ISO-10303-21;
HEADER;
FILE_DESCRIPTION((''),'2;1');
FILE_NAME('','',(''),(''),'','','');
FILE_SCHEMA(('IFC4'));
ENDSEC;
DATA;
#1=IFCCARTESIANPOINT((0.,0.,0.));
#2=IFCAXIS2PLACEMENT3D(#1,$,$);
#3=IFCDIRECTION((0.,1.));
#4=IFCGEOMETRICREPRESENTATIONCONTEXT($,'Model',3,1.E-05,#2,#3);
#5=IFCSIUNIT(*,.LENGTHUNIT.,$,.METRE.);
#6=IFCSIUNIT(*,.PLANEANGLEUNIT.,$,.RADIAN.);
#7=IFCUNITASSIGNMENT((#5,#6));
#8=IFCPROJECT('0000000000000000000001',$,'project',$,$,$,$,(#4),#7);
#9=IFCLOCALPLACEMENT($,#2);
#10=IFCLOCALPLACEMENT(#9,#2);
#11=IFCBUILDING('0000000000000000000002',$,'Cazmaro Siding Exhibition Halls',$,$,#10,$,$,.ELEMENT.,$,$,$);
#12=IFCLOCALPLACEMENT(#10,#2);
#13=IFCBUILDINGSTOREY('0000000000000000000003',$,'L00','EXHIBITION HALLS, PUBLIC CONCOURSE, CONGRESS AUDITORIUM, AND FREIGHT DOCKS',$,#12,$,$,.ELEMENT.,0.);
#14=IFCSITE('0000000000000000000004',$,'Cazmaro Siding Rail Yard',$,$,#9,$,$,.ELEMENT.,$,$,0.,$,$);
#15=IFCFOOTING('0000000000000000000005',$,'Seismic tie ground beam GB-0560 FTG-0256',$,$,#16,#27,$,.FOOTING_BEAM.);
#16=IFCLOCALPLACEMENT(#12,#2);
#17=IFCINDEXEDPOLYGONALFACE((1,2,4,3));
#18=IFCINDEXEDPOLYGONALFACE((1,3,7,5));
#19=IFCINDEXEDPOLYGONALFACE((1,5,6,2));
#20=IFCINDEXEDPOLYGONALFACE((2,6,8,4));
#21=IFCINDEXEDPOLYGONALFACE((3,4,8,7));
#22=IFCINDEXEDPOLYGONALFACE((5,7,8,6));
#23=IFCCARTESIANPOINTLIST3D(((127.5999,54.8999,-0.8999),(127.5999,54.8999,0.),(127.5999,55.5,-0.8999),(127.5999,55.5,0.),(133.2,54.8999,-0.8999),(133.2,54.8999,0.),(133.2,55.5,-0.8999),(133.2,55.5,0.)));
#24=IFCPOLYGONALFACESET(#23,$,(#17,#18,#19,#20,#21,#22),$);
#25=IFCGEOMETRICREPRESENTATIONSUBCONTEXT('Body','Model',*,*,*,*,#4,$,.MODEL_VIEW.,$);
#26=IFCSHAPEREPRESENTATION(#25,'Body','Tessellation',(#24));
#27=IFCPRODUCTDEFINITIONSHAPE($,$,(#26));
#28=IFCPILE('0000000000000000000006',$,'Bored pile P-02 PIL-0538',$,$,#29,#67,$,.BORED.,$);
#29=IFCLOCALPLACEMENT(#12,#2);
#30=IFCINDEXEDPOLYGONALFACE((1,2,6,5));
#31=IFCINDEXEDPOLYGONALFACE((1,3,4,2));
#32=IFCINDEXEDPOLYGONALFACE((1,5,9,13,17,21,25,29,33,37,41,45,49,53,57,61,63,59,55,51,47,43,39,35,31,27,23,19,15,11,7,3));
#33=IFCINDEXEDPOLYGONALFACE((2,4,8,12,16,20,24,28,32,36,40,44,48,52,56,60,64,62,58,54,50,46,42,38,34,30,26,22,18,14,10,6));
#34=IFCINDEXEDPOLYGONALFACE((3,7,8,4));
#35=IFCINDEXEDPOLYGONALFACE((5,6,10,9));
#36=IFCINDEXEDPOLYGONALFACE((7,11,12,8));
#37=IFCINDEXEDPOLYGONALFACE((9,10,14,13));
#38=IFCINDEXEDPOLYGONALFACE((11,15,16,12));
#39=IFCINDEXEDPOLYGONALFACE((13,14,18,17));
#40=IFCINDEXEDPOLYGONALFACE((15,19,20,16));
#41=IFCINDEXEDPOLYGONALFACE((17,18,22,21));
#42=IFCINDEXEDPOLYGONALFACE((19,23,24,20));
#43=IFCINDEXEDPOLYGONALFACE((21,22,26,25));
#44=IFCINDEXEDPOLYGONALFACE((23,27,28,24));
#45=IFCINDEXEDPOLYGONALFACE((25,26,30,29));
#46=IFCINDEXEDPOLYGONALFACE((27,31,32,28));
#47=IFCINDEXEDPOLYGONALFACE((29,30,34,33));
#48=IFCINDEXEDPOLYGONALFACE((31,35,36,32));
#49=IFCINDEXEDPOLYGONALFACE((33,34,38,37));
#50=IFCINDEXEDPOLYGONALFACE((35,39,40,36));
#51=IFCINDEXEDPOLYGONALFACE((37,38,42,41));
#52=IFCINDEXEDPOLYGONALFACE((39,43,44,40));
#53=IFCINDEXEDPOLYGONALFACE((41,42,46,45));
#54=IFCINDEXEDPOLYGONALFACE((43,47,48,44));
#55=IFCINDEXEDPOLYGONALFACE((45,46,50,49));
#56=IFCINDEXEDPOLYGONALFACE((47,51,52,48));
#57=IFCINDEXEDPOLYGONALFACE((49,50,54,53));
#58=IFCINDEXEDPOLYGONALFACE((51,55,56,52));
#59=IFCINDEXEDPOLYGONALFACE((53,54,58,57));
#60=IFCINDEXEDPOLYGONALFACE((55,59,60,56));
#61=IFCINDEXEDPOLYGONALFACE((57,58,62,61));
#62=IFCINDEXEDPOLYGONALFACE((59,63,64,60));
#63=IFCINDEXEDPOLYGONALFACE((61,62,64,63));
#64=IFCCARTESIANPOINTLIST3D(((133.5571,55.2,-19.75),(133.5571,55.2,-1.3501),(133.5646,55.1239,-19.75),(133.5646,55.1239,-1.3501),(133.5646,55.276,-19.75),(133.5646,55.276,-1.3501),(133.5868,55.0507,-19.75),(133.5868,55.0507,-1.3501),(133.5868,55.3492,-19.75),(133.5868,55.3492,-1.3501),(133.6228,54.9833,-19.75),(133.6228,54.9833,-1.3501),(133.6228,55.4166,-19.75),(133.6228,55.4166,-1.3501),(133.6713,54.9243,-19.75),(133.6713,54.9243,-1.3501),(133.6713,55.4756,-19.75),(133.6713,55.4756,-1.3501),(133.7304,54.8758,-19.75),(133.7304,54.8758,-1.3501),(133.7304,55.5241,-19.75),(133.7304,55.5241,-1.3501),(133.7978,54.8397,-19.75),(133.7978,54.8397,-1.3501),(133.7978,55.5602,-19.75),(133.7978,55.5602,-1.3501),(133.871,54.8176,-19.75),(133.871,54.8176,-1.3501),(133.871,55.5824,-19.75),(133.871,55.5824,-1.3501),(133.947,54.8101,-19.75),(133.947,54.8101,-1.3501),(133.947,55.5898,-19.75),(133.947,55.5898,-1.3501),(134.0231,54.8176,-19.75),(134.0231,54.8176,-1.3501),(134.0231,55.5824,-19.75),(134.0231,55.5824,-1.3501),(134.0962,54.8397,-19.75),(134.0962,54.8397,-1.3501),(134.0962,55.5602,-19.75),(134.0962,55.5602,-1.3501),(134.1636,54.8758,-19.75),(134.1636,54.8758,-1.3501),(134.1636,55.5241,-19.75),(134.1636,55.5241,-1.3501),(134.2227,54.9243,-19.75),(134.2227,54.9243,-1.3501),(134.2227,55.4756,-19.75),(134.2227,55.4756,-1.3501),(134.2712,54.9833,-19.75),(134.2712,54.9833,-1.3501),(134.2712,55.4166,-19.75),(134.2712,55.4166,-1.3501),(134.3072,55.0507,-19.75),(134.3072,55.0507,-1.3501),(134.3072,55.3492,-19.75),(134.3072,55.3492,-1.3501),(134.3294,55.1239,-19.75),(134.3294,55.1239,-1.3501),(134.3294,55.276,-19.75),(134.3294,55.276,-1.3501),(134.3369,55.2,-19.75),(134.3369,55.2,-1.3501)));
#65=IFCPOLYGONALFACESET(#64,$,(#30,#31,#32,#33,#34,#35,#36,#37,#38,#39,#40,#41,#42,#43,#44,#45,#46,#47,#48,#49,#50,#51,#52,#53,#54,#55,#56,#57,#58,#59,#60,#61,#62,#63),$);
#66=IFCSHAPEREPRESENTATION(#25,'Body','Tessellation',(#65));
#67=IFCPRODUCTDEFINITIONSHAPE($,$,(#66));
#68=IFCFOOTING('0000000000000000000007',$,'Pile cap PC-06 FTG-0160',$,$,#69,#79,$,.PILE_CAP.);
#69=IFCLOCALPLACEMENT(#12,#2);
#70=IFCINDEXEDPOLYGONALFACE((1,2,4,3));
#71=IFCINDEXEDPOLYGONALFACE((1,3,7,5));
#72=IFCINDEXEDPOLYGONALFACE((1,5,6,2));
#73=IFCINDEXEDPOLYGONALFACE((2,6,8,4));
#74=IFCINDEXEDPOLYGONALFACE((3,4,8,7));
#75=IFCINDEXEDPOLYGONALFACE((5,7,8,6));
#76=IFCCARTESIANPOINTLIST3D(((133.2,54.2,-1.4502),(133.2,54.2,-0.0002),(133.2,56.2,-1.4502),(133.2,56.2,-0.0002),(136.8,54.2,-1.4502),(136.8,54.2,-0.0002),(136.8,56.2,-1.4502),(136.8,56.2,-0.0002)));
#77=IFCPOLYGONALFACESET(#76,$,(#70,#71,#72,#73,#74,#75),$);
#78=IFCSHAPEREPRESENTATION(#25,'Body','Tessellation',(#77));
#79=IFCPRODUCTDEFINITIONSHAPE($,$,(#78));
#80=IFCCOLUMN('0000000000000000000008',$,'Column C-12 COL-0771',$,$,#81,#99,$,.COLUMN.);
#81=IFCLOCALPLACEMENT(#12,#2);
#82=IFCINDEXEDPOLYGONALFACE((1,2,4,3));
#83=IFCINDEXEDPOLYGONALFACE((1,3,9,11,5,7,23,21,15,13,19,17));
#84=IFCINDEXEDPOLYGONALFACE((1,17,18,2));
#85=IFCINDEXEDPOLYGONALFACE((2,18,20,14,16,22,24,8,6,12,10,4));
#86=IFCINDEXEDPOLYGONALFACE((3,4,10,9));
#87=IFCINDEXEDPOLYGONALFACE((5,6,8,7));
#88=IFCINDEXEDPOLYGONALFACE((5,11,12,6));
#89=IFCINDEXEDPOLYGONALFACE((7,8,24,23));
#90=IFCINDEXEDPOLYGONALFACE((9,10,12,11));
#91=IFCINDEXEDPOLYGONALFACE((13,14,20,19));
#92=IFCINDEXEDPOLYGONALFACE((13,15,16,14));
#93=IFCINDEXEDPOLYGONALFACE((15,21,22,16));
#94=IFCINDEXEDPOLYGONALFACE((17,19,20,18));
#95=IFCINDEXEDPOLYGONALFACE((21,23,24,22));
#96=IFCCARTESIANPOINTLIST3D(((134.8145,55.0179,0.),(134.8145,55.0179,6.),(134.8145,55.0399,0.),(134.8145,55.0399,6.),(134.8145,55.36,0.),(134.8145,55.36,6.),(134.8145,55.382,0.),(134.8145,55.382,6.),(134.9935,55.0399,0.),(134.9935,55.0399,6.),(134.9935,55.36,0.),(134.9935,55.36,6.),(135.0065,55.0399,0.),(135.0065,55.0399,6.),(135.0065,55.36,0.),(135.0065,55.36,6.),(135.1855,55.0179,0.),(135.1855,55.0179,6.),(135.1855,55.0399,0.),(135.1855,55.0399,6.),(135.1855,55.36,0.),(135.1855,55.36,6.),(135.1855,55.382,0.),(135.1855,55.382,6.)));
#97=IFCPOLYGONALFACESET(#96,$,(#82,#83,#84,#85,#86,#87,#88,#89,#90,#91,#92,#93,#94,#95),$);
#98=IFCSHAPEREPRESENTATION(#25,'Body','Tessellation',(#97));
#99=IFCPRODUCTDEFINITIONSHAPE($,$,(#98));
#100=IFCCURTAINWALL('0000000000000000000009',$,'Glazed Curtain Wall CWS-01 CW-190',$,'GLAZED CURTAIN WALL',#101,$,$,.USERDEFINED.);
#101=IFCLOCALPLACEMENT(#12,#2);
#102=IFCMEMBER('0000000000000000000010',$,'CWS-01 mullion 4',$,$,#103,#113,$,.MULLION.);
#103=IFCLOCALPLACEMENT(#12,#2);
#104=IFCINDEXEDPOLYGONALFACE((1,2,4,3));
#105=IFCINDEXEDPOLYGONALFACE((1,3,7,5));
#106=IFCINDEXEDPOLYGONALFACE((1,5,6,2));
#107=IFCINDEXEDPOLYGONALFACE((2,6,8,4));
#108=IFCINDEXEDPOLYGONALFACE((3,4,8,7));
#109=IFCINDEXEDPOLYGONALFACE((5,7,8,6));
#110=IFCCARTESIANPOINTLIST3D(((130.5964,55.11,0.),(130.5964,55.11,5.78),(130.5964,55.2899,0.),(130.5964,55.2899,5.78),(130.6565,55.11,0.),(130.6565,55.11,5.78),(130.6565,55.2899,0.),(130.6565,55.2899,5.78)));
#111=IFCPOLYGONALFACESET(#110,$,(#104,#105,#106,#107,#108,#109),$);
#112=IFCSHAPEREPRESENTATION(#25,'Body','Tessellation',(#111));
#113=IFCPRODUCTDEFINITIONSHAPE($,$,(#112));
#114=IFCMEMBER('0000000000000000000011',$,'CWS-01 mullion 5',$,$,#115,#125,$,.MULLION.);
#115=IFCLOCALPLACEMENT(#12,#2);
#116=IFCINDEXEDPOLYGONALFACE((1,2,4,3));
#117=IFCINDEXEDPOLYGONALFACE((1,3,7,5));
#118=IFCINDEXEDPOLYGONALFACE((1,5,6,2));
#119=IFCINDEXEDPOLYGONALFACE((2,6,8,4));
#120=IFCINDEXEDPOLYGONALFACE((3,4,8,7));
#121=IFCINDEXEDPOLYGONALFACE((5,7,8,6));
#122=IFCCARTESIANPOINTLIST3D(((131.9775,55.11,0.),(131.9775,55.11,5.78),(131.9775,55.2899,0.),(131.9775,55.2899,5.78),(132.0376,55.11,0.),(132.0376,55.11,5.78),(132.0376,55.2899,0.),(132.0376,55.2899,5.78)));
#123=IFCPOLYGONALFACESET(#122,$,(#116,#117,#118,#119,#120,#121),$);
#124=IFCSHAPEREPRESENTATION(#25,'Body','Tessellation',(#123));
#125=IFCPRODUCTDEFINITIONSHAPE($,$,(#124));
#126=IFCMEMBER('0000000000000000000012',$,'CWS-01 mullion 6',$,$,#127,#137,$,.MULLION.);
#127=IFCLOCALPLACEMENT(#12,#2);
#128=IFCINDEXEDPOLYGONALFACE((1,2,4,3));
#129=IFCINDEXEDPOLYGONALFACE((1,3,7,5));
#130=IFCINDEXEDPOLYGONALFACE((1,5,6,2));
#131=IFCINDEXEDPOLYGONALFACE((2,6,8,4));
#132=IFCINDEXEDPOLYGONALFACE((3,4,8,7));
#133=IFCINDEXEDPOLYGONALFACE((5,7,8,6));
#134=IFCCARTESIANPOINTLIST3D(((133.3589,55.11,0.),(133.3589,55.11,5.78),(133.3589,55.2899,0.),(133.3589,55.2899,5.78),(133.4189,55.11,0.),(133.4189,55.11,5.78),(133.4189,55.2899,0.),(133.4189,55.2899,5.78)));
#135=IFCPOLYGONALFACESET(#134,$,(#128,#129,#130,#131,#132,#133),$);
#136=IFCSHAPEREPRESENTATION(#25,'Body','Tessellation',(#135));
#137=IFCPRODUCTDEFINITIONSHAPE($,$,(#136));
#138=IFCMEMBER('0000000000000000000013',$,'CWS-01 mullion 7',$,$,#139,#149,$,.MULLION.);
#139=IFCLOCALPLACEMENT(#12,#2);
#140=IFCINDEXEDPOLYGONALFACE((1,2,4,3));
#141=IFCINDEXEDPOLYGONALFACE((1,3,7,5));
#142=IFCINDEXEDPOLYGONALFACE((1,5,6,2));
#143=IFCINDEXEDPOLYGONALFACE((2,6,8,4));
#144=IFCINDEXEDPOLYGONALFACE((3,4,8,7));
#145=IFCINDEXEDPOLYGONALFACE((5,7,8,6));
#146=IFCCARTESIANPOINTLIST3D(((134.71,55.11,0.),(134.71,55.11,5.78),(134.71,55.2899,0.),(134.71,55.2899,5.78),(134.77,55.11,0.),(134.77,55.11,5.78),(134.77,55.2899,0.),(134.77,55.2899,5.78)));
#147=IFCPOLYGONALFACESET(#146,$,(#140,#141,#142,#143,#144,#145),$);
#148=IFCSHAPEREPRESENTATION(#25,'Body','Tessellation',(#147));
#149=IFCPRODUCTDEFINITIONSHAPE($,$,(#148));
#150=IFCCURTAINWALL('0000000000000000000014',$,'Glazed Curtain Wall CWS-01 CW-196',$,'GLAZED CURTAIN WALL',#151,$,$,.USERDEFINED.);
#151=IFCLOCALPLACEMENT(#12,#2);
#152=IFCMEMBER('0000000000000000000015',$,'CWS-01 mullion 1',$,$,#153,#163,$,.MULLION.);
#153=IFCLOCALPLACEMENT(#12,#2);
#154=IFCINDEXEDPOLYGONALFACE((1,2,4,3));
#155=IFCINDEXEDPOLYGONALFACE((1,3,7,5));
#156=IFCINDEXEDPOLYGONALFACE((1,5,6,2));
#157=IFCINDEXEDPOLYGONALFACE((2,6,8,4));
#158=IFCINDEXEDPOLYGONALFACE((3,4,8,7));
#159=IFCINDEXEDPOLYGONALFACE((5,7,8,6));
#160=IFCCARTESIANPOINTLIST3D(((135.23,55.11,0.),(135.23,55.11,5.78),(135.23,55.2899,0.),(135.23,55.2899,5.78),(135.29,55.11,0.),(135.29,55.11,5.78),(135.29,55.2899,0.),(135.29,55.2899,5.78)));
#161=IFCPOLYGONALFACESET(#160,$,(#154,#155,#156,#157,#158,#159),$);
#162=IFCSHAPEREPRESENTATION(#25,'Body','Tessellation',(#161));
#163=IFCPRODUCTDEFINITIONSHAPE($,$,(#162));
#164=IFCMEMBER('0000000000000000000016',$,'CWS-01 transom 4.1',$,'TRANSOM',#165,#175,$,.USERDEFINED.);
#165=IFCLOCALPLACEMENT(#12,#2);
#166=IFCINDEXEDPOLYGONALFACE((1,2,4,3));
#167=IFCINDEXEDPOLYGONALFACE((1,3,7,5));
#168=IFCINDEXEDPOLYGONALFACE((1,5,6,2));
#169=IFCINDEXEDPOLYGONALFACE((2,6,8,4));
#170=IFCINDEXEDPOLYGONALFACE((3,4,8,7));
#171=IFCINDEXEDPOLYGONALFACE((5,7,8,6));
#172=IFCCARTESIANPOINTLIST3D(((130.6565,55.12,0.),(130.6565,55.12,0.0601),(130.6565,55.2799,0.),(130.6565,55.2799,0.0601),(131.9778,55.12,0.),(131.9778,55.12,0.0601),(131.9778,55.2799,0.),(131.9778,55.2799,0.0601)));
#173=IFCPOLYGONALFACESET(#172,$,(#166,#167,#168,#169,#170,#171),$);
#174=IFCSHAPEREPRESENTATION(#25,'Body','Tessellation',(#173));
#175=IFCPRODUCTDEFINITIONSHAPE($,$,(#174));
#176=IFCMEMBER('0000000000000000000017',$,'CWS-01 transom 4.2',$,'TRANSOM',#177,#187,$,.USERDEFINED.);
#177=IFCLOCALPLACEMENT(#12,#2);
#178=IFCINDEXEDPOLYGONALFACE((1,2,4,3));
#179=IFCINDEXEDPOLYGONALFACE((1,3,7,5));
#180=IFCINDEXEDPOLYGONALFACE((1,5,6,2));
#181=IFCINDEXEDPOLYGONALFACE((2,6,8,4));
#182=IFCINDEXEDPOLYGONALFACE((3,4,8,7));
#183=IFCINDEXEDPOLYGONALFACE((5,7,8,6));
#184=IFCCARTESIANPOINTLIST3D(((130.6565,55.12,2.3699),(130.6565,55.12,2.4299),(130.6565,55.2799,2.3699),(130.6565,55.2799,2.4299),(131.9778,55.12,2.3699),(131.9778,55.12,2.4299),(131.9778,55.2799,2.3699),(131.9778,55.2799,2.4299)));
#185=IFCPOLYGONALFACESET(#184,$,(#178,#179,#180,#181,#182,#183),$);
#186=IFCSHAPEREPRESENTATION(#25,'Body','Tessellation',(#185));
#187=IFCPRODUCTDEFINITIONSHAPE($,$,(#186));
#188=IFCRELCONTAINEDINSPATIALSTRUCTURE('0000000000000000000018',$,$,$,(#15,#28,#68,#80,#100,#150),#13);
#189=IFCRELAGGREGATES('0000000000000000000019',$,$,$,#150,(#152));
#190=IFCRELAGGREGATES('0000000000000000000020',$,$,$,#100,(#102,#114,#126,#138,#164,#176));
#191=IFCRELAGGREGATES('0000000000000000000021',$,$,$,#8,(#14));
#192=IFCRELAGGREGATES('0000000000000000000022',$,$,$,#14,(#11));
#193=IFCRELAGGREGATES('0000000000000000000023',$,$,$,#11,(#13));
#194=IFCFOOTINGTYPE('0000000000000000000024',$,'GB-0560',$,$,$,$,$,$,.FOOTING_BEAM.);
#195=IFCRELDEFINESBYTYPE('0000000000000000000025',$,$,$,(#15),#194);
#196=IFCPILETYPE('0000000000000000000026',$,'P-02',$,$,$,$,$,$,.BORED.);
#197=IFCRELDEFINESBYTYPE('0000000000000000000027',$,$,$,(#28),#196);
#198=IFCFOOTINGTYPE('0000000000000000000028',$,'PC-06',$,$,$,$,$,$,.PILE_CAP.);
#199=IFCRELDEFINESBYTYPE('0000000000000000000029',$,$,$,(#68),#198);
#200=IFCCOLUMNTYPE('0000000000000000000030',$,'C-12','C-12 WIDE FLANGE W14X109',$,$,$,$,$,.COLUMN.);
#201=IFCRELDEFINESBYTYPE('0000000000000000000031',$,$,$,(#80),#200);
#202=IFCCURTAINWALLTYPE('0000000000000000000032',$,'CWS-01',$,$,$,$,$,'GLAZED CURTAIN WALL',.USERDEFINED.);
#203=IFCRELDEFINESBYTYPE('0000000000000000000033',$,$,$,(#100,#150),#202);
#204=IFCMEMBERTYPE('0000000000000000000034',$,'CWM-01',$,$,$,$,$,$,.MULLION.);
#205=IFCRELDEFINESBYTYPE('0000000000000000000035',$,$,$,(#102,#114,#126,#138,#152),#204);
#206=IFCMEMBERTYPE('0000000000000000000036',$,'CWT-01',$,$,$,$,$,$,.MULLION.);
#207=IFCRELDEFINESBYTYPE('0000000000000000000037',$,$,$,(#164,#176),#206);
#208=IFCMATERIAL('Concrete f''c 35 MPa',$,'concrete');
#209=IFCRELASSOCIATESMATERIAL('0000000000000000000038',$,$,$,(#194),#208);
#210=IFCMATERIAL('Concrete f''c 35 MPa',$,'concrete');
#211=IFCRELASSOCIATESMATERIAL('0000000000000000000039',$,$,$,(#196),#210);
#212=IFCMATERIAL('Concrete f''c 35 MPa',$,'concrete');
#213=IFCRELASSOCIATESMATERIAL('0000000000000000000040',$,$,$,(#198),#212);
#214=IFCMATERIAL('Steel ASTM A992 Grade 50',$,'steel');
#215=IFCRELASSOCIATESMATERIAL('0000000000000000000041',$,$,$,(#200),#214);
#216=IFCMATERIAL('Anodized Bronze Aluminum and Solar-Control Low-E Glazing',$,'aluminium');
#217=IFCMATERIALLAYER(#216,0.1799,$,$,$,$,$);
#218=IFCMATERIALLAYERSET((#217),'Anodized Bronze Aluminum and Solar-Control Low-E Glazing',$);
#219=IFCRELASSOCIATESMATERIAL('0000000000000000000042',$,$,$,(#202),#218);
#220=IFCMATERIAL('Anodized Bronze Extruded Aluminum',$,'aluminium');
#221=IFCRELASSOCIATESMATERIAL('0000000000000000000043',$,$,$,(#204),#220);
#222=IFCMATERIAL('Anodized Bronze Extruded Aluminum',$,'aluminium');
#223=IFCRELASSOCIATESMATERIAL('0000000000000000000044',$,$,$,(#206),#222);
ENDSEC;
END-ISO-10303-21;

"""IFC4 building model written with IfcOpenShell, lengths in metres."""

from ifc_helpers import new_model, si_unit, direction, frame, origin, origin_2d, place, context, subcontext, project, spatial, rectangle, circle, i_section, extrude, material, layer, layer_set, material_profile, profile_set, type_object, element, aggregate, save


model = new_model("IFC4")

# Units and contexts
model_context = context("Model", 3, precision=1e-05, world=origin(), true_north=direction((0.0, 1.0)))
body_context = subcontext(model_context, "Body", "Model", "MODEL_VIEW")
ifc_project = project(units=[si_unit("LENGTHUNIT", "METRE"), si_unit("PLANEANGLEUNIT", "RADIAN")], contexts=[model_context])

# Site, building, storey
site_placement = place(None, origin())
site = spatial("IfcSite", under=ifc_project, at=site_placement, Name="Cazmaro Siding Rail Yard", CompositionType="ELEMENT", RefElevation=0.0)
building_placement = place(site_placement, origin())
building = spatial("IfcBuilding", under=site, at=building_placement, Name="Cazmaro Siding Exhibition Halls", CompositionType="ELEMENT")
storey_placement = place(building_placement, origin())
storey = spatial("IfcBuildingStorey", under=building, at=storey_placement, Name="L00", Description="EXHIBITION HALLS, PUBLIC CONCOURSE, CONGRESS AUDITORIUM, AND FREIGHT DOCKS", CompositionType="ELEMENT", Elevation=0.0)

# Footing
ifc_material_1 = material(Name="Concrete f'c 35 MPa", Category="concrete")
footing_type_1 = type_object("IfcFootingType", Name="GB-0560", PredefinedType="FOOTING_BEAM", material=ifc_material_1)
footing_1_placement = place(storey_placement, frame((130.3999, 55.2, -0.8999), z_axis=(0.0, 0.0, 1.0), x_axis=(1.0, 0.0, 0.0)))
element("IfcFooting", 1, at=footing_1_placement, inside=storey, type_object=footing_type_1, Name="Seismic tie ground beam GB-0560 FTG-0256", PredefinedType="FOOTING_BEAM", context=body_context, shape_type="SweptSolid", body=[
    extrude(rectangle(XDim=5.6001, YDim=0.6001, at=origin_2d()), origin(), (0.0, 0.0, 1.0), 0.8999),
])

# Pile
ifc_material_2 = material(Name="Concrete f'c 35 MPa", Category="concrete")
ifc_material_profile_1 = material_profile(ifc_material_2, circle(Radius=0.3899, at=origin_2d()), Name="CIDH-780")
ifc_profile_set_1 = profile_set([ifc_material_profile_1], Name="Concrete f'c 35 MPa")
pile_type = type_object("IfcPileType", Name="P-02", PredefinedType="BORED", material=ifc_profile_set_1)
pile_placement = place(storey_placement, frame((133.947, 55.2, -1.3501), z_axis=(0.0, 0.0, -1.0), x_axis=(1.0, 0.0, 0.0)))
element("IfcPile", 2, at=pile_placement, inside=storey, type_object=pile_type, Name="Bored pile P-02 PIL-0538", PredefinedType="BORED", context=body_context, shape_type="SweptSolid", body=[
    extrude(circle(Radius=0.3899, at=origin_2d()), origin(), (0.0, 0.0, 1.0), 18.3999),
])

# Footing
ifc_material_3 = material(Name="Concrete f'c 35 MPa", Category="concrete")
footing_type_2 = type_object("IfcFootingType", Name="PC-06", PredefinedType="PILE_CAP", material=ifc_material_3)
footing_2_placement = place(storey_placement, frame((135.0, 55.2, -1.4502), z_axis=(0.0, 0.0, 1.0), x_axis=(1.0, 0.0, 0.0)))
element("IfcFooting", 3, at=footing_2_placement, inside=storey, type_object=footing_type_2, Name="Pile cap PC-06 FTG-0160", PredefinedType="PILE_CAP", context=body_context, shape_type="SweptSolid", body=[
    extrude(rectangle(XDim=3.6001, YDim=2.0, at=origin_2d()), origin(), (0.0, 0.0, 1.0), 1.45),
])

# Column
ifc_material_4 = material(Name="Steel ASTM A992 Grade 50", Category="steel")
ifc_material_profile_2 = material_profile(ifc_material_4, i_section(OverallWidth=0.3711, OverallDepth=0.364, WebThickness=0.0129, FlangeThickness=0.022, at=origin_2d()), Name="W14X109")
ifc_profile_set_2 = profile_set([ifc_material_profile_2], Name="Steel ASTM A992 Grade 50")
column_type = type_object("IfcColumnType", Name="C-12", Description="C-12 WIDE FLANGE W14X109", PredefinedType="COLUMN", material=ifc_profile_set_2)
column_placement = place(storey_placement, frame((135.0, 55.2, 0.0), z_axis=(0.0, 0.0, 1.0), x_axis=(1.0, 0.0, 0.0)))
element("IfcColumn", 4, at=column_placement, inside=storey, type_object=column_type, Name="Column C-12 COL-0771", PredefinedType="COLUMN", context=body_context, shape_type="SweptSolid", body=[
    extrude(i_section(OverallWidth=0.3711, OverallDepth=0.364, WebThickness=0.0129, FlangeThickness=0.022, at=origin_2d()), origin(), (0.0, 0.0, 1.0), 6.0),
])

# Curtain wall, members
ifc_material_5 = material(Name="Anodized Bronze Aluminum and Solar-Control Low-E Glazing", Category="aluminium")
ifc_layer_1 = layer(ifc_material_5, 0.1799)
ifc_layer_set_1 = layer_set([ifc_layer_1], Name="Anodized Bronze Aluminum and Solar-Control Low-E Glazing")
curtain_wall_type = type_object("IfcCurtainWallType", Name="CWS-01", ElementType="GLAZED CURTAIN WALL", PredefinedType="USERDEFINED", material=ifc_layer_set_1)
curtain_wall_1_placement = place(storey_placement, origin())
curtain_wall_1 = element("IfcCurtainWall", 5, at=curtain_wall_1_placement, inside=storey, type_object=curtain_wall_type, Name="Glazed Curtain Wall CWS-01 CW-190", ObjectType="GLAZED CURTAIN WALL", PredefinedType="USERDEFINED")
ifc_material_6 = material(Name="Anodized Bronze Extruded Aluminum", Category="aluminium")
ifc_material_profile_3 = material_profile(ifc_material_6, rectangle(XDim=0.1799, YDim=0.0601, at=origin_2d()), Name="CWM-01")
ifc_profile_set_3 = profile_set([ifc_material_profile_3], Name="Anodized Bronze Extruded Aluminum")
member_type_1 = type_object("IfcMemberType", Name="CWM-01", PredefinedType="MULLION", material=ifc_profile_set_3)
member_1_placement = place(storey_placement, frame((130.6265, 55.2, 0.0), z_axis=(0.0, 0.0, 1.0), x_axis=(0.0, 1.0, 0.0)))
member_1 = element("IfcMember", 6, at=member_1_placement, type_object=member_type_1, Name="CWS-01 mullion 4", PredefinedType="MULLION", context=body_context, shape_type="SweptSolid", body=[
    extrude(rectangle(XDim=0.1799, YDim=0.0601, at=origin_2d()), origin(), (0.0, 0.0, 1.0), 5.78),
])
member_2_placement = place(storey_placement, frame((132.0076, 55.2, 0.0), z_axis=(0.0, 0.0, 1.0), x_axis=(0.0, 1.0, 0.0)))
member_2 = element("IfcMember", 7, at=member_2_placement, type_object=member_type_1, Name="CWS-01 mullion 5", PredefinedType="MULLION", context=body_context, shape_type="SweptSolid", body=[
    extrude(rectangle(XDim=0.1799, YDim=0.0601, at=origin_2d()), origin(), (0.0, 0.0, 1.0), 5.78),
])
member_3_placement = place(storey_placement, frame((133.3889, 55.2, 0.0), z_axis=(0.0, 0.0, 1.0), x_axis=(0.0, 1.0, 0.0)))
member_3 = element("IfcMember", 8, at=member_3_placement, type_object=member_type_1, Name="CWS-01 mullion 6", PredefinedType="MULLION", context=body_context, shape_type="SweptSolid", body=[
    extrude(rectangle(XDim=0.1799, YDim=0.0601, at=origin_2d()), origin(), (0.0, 0.0, 1.0), 5.78),
])
member_4_placement = place(storey_placement, frame((134.74, 55.2, 0.0), z_axis=(0.0, 0.0, 1.0), x_axis=(0.0, 1.0, 0.0)))
member_4 = element("IfcMember", 9, at=member_4_placement, type_object=member_type_1, Name="CWS-01 mullion 7", PredefinedType="MULLION", context=body_context, shape_type="SweptSolid", body=[
    extrude(rectangle(XDim=0.1799, YDim=0.0601, at=origin_2d()), origin(), (0.0, 0.0, 1.0), 5.78),
])

# Curtain wall, member
curtain_wall_2_placement = place(storey_placement, origin())
curtain_wall_2 = element("IfcCurtainWall", 10, at=curtain_wall_2_placement, inside=storey, type_object=curtain_wall_type, Name="Glazed Curtain Wall CWS-01 CW-196", ObjectType="GLAZED CURTAIN WALL", PredefinedType="USERDEFINED")
member_5_placement = place(storey_placement, frame((135.26, 55.2, 0.0), z_axis=(0.0, 0.0, 1.0), x_axis=(0.0, 1.0, 0.0)))
member_5 = element("IfcMember", 11, at=member_5_placement, type_object=member_type_1, Name="CWS-01 mullion 1", PredefinedType="MULLION", context=body_context, shape_type="SweptSolid", body=[
    extrude(rectangle(XDim=0.1799, YDim=0.0601, at=origin_2d()), origin(), (0.0, 0.0, 1.0), 5.78),
])

# Members
ifc_material_7 = material(Name="Anodized Bronze Extruded Aluminum", Category="aluminium")
ifc_material_profile_4 = material_profile(ifc_material_7, rectangle(XDim=0.1599, YDim=0.0601, at=origin_2d()), Name="CWT-01")
ifc_profile_set_4 = profile_set([ifc_material_profile_4], Name="Anodized Bronze Extruded Aluminum")
member_type_2 = type_object("IfcMemberType", Name="CWT-01", PredefinedType="MULLION", material=ifc_profile_set_4)
member_6_placement = place(storey_placement, frame((130.6565, 55.2, 0.03), z_axis=(1.0, 0.0, 0.0), x_axis=(0.0, 1.0, 0.0)))
member_6 = element("IfcMember", 12, at=member_6_placement, type_object=member_type_2, Name="CWS-01 transom 4.1", ObjectType="TRANSOM", PredefinedType="USERDEFINED", context=body_context, shape_type="SweptSolid", body=[
    extrude(rectangle(XDim=0.1599, YDim=0.0601, at=origin_2d()), origin(), (0.0, 0.0, 1.0), 1.3213),
])
member_7_placement = place(storey_placement, frame((130.6565, 55.2, 2.3999), z_axis=(1.0, 0.0, 0.0), x_axis=(0.0, 1.0, 0.0)))
member_7 = element("IfcMember", 13, at=member_7_placement, type_object=member_type_2, Name="CWS-01 transom 4.2", ObjectType="TRANSOM", PredefinedType="USERDEFINED", context=body_context, shape_type="SweptSolid", body=[
    extrude(rectangle(XDim=0.1599, YDim=0.0601, at=origin_2d()), origin(), (0.0, 0.0, 1.0), 1.3213),
])
aggregate(curtain_wall_2, [member_5])

aggregate(curtain_wall_1, [member_1, member_2, member_3, member_4, member_6, member_7])

save(model, "model.ifc")
